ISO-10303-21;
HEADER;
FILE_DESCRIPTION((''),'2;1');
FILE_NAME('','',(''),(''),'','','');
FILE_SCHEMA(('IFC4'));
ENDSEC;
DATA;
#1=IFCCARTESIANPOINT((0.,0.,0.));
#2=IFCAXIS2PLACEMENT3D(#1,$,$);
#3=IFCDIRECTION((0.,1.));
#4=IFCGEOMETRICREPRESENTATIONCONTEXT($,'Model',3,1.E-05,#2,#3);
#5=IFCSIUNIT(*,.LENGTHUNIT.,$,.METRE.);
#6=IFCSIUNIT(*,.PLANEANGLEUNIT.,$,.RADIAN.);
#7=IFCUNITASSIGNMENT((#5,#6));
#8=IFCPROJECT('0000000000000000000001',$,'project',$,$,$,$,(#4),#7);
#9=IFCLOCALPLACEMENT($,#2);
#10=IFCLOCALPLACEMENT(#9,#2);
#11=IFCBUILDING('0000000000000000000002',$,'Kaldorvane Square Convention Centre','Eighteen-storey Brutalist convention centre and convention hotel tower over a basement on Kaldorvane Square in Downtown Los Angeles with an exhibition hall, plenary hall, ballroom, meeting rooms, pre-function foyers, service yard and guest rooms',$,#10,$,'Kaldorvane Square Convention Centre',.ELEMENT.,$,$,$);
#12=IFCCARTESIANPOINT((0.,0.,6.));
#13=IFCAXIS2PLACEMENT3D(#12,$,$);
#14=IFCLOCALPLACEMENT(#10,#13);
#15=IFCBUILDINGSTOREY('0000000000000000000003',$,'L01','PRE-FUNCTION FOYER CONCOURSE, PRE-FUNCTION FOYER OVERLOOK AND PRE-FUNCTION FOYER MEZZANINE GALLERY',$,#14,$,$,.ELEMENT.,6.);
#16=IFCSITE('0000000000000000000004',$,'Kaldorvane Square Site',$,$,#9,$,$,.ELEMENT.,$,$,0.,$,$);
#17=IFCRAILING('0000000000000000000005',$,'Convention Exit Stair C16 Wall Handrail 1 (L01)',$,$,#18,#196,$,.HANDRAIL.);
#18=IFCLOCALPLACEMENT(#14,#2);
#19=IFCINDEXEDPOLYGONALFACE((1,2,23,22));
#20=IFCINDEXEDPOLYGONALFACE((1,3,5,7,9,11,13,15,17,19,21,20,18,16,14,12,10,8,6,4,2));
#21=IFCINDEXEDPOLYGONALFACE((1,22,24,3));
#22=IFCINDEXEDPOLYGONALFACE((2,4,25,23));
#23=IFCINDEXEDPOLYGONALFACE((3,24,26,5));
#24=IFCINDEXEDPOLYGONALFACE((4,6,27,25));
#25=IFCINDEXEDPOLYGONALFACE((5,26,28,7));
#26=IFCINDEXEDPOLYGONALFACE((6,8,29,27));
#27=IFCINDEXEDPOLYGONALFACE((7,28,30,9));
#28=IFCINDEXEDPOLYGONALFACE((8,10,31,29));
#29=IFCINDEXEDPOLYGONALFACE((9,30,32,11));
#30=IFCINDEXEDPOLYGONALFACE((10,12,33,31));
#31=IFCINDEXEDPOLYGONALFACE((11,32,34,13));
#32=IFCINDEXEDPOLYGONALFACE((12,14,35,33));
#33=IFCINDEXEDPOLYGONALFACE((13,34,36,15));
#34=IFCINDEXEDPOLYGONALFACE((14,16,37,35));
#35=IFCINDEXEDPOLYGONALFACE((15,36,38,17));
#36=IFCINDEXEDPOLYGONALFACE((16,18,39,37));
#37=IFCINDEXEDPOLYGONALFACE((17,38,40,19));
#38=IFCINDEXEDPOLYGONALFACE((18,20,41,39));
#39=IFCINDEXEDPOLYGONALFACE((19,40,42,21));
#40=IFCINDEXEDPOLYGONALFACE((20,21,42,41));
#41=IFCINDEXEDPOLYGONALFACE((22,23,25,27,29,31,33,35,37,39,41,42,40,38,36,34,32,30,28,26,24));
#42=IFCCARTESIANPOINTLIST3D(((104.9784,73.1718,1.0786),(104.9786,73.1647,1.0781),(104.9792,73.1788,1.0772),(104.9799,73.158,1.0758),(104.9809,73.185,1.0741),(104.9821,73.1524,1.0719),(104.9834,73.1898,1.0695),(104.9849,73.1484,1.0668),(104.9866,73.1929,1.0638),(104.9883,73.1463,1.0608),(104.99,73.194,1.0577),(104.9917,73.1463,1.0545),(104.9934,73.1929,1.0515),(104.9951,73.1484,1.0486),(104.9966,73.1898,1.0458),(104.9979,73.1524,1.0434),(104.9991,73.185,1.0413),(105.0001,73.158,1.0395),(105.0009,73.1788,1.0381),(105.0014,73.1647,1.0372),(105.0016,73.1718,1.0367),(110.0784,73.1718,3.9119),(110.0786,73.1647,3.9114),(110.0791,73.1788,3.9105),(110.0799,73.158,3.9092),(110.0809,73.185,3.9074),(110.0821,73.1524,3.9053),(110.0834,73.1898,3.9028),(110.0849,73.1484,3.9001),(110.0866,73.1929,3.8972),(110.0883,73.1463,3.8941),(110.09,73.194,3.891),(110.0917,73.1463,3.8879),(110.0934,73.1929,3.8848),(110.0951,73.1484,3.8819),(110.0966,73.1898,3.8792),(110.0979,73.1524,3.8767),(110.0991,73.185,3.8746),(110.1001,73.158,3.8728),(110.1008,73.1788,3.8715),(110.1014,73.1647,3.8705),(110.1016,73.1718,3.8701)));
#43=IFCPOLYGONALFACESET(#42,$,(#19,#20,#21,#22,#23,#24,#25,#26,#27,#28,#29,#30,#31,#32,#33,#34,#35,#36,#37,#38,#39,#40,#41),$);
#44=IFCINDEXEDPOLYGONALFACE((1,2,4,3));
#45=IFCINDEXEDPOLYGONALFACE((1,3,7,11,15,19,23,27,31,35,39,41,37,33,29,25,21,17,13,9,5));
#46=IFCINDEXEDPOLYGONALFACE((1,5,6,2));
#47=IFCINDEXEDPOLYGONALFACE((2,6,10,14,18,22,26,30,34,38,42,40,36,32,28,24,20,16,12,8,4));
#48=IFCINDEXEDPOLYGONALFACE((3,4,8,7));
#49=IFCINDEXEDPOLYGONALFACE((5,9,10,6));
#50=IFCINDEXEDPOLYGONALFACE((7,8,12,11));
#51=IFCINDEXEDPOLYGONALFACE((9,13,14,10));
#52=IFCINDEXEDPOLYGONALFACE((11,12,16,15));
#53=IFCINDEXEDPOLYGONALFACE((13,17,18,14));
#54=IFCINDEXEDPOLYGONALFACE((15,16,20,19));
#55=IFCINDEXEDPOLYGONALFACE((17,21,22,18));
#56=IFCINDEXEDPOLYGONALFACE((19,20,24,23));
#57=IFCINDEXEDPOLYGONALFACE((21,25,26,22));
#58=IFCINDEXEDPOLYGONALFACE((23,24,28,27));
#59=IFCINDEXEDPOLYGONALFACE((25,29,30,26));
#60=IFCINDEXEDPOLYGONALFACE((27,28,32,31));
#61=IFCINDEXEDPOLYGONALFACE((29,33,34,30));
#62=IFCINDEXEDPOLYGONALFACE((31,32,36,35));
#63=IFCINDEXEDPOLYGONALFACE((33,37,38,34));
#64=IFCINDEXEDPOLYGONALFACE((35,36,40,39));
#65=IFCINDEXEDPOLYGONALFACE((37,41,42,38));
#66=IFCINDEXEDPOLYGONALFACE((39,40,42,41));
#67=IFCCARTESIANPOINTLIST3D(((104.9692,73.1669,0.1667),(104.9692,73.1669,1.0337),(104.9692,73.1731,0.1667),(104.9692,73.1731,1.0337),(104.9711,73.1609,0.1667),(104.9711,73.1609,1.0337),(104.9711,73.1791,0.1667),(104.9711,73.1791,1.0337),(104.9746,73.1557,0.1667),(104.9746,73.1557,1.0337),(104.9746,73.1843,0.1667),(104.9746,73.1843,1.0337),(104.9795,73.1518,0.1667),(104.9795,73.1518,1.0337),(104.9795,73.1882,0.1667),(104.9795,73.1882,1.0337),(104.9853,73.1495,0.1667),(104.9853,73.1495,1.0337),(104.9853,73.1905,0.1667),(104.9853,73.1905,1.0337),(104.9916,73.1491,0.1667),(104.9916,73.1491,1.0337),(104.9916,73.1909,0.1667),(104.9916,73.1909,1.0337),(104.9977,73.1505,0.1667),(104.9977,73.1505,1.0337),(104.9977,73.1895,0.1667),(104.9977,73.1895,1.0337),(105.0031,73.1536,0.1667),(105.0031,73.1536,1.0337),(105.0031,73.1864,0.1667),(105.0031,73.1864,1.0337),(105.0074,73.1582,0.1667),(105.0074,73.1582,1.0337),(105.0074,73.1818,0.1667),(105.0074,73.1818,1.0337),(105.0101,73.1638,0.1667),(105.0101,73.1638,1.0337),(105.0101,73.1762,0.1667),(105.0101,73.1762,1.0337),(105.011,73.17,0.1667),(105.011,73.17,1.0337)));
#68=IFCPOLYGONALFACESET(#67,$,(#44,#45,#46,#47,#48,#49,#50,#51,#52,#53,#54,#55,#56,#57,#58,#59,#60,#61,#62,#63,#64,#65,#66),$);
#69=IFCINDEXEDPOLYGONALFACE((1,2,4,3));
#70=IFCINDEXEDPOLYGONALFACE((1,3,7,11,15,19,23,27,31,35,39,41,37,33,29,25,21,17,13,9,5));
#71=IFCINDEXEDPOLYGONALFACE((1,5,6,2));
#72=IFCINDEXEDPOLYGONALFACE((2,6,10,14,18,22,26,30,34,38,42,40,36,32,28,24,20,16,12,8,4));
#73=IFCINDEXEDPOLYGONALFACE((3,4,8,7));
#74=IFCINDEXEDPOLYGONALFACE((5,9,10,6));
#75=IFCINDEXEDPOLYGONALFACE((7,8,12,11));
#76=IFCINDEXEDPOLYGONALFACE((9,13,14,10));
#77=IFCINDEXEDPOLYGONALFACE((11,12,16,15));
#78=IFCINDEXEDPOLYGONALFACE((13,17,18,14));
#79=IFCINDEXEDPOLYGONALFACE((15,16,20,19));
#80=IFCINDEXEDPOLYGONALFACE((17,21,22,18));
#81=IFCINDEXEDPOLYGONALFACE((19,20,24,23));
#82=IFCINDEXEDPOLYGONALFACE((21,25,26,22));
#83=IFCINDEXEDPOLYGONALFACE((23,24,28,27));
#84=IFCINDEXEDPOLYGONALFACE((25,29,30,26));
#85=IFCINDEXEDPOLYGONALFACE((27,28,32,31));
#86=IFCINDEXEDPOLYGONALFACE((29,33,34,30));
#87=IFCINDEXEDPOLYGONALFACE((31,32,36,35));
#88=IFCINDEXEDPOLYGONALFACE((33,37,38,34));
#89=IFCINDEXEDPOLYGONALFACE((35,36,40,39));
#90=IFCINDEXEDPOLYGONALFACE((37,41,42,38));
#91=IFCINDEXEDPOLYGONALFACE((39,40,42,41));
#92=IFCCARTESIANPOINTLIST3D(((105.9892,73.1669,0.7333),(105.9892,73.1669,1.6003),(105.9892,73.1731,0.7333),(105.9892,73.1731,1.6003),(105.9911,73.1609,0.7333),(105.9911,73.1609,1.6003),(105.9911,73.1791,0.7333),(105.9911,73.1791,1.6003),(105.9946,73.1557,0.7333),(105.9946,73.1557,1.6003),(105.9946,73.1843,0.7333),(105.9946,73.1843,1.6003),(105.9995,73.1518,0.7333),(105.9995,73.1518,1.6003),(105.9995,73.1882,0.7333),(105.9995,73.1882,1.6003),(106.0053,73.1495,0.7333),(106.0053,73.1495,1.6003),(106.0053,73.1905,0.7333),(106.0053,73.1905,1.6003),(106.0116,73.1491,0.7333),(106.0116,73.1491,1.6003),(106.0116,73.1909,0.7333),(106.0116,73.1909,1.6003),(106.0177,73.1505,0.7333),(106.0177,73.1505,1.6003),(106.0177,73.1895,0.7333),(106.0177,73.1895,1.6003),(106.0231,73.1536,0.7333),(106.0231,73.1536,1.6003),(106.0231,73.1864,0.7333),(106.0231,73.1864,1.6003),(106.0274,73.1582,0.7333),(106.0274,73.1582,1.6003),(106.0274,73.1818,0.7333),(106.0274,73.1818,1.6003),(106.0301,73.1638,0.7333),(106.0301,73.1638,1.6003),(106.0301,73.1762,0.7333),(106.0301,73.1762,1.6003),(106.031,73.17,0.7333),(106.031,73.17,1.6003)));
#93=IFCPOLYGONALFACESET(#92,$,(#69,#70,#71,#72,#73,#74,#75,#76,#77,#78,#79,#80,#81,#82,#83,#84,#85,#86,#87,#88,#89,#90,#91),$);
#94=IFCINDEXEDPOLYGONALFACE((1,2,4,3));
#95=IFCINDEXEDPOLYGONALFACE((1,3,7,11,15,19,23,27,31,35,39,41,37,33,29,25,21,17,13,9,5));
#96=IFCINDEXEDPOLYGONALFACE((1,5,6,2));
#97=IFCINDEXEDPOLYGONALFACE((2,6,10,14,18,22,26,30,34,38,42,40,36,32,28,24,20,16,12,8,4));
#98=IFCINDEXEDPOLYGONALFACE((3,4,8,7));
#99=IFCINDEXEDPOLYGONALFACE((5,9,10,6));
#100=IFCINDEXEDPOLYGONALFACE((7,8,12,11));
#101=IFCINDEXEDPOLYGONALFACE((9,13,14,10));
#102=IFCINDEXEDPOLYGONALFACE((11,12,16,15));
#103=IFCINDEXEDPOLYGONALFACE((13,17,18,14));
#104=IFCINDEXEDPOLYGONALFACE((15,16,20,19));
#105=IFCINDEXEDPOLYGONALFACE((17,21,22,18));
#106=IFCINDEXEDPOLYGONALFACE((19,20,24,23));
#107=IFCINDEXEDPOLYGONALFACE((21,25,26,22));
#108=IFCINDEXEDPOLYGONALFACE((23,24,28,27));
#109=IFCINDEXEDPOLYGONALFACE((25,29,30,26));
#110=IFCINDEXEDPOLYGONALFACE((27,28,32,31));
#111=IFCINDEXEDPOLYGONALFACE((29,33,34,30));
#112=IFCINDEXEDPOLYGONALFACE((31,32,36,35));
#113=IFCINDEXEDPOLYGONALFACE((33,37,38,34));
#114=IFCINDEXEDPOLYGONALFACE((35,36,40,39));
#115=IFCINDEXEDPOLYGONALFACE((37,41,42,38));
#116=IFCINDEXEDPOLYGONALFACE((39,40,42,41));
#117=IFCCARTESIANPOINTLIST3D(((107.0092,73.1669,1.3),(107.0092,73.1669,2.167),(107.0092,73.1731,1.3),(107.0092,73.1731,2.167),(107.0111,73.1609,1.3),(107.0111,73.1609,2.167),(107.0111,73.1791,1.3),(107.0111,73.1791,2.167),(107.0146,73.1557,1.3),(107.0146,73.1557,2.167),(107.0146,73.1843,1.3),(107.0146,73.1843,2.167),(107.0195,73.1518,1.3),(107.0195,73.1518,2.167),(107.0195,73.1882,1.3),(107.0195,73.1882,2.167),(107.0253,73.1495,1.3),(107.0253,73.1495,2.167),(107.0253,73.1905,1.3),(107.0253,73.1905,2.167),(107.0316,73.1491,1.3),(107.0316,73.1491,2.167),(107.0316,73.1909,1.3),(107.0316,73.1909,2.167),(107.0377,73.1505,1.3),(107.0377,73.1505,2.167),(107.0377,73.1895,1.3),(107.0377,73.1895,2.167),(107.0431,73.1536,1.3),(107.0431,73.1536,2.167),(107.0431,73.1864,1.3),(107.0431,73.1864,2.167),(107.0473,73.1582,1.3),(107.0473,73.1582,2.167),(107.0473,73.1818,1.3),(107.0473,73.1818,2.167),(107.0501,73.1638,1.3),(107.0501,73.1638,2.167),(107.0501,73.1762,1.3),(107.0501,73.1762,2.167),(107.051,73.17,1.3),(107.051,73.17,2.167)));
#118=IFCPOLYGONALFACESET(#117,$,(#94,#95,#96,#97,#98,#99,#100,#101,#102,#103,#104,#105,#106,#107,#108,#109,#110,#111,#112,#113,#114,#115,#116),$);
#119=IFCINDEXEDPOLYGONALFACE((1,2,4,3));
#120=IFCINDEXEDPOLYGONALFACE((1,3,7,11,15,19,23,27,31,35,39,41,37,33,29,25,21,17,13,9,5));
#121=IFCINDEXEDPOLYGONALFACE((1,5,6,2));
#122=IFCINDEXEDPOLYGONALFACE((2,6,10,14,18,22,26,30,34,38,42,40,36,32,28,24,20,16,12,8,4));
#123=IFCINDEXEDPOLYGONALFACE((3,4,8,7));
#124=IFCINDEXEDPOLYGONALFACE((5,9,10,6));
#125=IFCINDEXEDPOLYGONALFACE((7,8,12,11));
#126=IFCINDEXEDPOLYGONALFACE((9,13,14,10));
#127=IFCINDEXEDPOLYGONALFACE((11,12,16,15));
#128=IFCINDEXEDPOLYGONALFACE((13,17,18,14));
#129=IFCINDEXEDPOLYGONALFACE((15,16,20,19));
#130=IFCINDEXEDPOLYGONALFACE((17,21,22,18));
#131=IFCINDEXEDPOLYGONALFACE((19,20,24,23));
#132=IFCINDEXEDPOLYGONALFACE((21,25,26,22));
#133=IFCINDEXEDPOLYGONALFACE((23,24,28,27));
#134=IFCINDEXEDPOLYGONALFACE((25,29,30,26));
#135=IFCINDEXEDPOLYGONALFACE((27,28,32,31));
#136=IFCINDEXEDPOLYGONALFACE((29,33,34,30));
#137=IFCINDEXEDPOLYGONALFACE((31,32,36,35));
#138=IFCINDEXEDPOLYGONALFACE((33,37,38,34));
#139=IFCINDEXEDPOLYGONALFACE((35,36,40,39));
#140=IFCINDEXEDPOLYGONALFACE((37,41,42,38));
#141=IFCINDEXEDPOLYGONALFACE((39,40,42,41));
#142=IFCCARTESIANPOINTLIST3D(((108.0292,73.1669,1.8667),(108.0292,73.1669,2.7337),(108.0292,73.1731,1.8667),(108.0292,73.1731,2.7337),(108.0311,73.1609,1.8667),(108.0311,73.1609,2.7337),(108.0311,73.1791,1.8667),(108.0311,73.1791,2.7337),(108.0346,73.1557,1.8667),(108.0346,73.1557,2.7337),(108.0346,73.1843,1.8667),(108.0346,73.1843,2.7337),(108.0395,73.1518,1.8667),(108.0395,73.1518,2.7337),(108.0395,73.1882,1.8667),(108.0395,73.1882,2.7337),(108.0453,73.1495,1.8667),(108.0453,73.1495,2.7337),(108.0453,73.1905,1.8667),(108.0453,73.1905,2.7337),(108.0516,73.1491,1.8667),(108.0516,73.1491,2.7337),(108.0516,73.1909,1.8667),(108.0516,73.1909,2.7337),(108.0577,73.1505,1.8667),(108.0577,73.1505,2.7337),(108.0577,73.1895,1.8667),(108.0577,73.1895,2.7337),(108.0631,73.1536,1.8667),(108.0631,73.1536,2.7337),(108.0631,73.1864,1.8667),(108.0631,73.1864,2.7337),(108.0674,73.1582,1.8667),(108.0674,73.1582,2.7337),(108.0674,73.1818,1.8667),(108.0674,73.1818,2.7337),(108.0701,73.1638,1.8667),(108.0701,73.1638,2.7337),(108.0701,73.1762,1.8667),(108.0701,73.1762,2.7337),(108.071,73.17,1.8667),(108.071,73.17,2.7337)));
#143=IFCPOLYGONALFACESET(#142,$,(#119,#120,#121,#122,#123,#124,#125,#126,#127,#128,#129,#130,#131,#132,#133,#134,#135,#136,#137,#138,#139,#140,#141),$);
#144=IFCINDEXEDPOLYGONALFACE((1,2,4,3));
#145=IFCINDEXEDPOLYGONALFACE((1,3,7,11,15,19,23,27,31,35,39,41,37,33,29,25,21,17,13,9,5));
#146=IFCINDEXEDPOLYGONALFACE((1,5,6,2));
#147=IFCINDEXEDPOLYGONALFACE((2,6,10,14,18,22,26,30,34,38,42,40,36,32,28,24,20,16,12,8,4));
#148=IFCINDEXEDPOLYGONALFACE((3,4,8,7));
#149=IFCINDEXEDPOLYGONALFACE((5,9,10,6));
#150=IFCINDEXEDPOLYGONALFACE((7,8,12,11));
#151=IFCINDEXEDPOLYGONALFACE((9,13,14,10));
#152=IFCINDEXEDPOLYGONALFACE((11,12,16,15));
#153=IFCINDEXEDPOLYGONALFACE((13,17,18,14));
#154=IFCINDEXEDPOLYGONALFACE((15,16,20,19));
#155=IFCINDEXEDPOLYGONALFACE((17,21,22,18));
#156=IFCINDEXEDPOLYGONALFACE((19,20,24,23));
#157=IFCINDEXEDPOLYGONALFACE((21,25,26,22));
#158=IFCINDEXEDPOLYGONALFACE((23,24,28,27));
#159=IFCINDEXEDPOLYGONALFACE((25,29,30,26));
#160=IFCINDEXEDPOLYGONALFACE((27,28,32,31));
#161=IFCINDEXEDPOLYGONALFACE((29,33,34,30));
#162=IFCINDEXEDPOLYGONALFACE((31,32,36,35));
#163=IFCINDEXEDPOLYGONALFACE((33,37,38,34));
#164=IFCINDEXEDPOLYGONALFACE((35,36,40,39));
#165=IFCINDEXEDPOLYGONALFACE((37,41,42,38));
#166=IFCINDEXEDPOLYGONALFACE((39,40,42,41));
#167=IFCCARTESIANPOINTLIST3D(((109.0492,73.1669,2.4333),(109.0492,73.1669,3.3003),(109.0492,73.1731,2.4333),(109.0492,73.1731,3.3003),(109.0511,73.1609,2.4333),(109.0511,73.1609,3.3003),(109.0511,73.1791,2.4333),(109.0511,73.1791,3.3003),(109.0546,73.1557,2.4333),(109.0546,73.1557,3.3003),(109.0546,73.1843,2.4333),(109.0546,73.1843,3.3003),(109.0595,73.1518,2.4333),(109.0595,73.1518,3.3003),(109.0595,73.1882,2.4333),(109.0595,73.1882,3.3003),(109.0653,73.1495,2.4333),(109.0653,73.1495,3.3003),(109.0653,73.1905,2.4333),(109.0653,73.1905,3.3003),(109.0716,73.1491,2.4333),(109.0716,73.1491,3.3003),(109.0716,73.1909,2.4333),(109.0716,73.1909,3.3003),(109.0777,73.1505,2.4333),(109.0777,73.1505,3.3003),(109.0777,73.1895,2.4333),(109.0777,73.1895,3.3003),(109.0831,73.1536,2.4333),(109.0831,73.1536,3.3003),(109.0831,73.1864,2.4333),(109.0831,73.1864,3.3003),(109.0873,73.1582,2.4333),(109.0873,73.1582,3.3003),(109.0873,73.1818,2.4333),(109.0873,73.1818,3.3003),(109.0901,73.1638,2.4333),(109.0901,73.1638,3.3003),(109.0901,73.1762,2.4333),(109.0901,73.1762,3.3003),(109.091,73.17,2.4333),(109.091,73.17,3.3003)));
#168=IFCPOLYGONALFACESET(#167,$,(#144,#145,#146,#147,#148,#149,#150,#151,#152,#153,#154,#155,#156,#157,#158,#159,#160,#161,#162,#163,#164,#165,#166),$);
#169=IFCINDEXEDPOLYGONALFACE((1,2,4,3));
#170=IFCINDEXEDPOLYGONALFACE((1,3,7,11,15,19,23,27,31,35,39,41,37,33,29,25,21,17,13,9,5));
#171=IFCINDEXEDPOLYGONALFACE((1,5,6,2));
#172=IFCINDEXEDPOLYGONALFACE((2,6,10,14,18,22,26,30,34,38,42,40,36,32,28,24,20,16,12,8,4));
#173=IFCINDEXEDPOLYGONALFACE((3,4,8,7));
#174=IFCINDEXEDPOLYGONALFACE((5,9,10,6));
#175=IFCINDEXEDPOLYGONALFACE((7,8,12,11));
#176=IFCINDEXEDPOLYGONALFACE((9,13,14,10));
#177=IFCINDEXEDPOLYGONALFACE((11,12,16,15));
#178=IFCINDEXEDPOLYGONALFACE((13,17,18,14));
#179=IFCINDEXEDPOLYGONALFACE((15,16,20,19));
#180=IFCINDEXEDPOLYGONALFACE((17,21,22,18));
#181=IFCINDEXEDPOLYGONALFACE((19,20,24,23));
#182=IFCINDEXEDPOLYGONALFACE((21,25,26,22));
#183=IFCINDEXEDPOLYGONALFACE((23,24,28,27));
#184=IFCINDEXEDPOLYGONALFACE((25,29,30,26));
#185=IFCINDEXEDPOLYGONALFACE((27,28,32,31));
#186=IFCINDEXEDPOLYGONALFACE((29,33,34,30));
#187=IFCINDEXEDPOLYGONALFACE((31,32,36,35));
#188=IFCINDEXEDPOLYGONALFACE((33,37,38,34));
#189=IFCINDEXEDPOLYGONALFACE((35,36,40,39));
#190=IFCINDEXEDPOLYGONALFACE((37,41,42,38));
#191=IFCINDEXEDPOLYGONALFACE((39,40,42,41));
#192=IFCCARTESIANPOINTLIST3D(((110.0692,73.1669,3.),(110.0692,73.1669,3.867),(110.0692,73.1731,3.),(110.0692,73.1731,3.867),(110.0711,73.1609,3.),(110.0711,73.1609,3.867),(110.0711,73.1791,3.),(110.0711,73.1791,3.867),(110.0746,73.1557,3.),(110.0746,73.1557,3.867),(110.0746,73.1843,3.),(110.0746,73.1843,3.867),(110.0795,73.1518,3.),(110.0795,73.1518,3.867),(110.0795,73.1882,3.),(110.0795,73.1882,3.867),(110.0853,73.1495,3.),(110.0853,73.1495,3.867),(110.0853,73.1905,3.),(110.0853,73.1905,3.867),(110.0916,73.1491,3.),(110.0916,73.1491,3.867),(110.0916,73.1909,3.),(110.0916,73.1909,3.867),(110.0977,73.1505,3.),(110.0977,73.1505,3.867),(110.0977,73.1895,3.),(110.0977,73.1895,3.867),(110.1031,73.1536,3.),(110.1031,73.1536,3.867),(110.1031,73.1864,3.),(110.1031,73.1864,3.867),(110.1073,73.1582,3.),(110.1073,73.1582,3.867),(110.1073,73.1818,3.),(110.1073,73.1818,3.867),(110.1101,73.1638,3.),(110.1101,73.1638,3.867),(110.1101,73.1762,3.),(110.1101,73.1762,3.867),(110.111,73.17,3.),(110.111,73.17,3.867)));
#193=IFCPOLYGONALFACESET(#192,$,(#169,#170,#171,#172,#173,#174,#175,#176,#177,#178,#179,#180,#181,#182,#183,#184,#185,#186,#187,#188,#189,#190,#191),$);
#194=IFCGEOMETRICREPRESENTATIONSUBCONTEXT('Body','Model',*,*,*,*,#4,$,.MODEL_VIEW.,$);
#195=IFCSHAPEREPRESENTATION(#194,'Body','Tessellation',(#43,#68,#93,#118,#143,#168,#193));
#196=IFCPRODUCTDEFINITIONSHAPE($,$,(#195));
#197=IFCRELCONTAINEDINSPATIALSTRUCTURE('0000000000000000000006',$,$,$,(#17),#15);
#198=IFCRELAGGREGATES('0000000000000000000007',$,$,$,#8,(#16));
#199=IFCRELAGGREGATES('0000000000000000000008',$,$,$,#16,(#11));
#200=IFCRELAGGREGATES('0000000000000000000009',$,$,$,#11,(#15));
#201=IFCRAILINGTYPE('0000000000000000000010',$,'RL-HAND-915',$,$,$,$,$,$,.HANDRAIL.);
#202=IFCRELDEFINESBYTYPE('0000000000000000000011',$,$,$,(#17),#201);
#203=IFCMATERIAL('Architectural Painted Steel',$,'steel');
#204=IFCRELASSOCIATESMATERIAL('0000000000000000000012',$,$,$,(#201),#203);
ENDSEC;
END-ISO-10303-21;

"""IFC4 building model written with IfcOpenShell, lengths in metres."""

from ifc_helpers import new_model, si_unit, direction, frame, origin, origin_2d, place, context, subcontext, project, spatial, circle, extrude, material, type_object, element, save


model = new_model("IFC4")

# Units and contexts
model_context = context("Model", 3, precision=1e-05, world=origin(), true_north=direction((0.0, 1.0)))
body_context = subcontext(model_context, "Body", "Model", "MODEL_VIEW")
ifc_project = project(units=[si_unit("LENGTHUNIT", "METRE"), si_unit("PLANEANGLEUNIT", "RADIAN")], contexts=[model_context])

# Site, building, storey
site_placement = place(None, origin())
site = spatial("IfcSite", under=ifc_project, at=site_placement, Name="Kaldorvane Square Site", CompositionType="ELEMENT", RefElevation=0.0)
building_placement = place(site_placement, origin())
building = spatial("IfcBuilding", under=site, at=building_placement, Name="Kaldorvane Square Convention Centre", Description="Eighteen-storey Brutalist convention centre and convention hotel tower over a basement on Kaldorvane Square in Downtown Los Angeles with an exhibition hall, plenary hall, ballroom, meeting rooms, pre-function foyers, service yard and guest rooms", LongName="Kaldorvane Square Convention Centre", CompositionType="ELEMENT")
storey_placement = place(building_placement, frame((0.0, 0.0, 6.0)))
storey = spatial("IfcBuildingStorey", under=building, at=storey_placement, Name="L01", Description="PRE-FUNCTION FOYER CONCOURSE, PRE-FUNCTION FOYER OVERLOOK AND PRE-FUNCTION FOYER MEZZANINE GALLERY", CompositionType="ELEMENT", Elevation=6.0)

# Railing
ifc_material_1 = material(Name="Architectural Painted Steel", Category="steel")
railing_type_1 = type_object("IfcRailingType", Name="RL-HAND-915", PredefinedType="HANDRAIL", material=ifc_material_1)
railing_1_placement = place(storey_placement, frame((104.99, 73.17, 0.1667)))
element("IfcRailing", 1, at=railing_1_placement, inside=storey, type_object=railing_type_1, Name="Convention Exit Stair C16 Wall Handrail 1 (L01)", PredefinedType="HANDRAIL", context=body_context, shape_type="SweptSolid", body=[
    extrude(circle(Radius=0.024, at=origin_2d()), frame((0.0, 0.0, 0.891), z_axis=(0.874157, 0.0, 0.485643), x_axis=(0.0, 1.0, 0.0)), (0.0, 0.0, 1.0), 5.8342),
    extrude(circle(Radius=0.021, at=origin_2d()), origin(), (0.0, 0.0, 1.0), 0.867),
    extrude(circle(Radius=0.021, at=origin_2d()), frame((1.02, 0.0, 0.5667)), (0.0, 0.0, 1.0), 0.867),
    extrude(circle(Radius=0.021, at=origin_2d()), frame((2.04, 0.0, 1.1333)), (0.0, 0.0, 1.0), 0.867),
    extrude(circle(Radius=0.021, at=origin_2d()), frame((3.06, 0.0, 1.7)), (0.0, 0.0, 1.0), 0.867),
    extrude(circle(Radius=0.021, at=origin_2d()), frame((4.08, 0.0, 2.2667)), (0.0, 0.0, 1.0), 0.867),
    extrude(circle(Radius=0.021, at=origin_2d()), frame((5.1, 0.0, 2.8333)), (0.0, 0.0, 1.0), 0.867),
])

save(model, "model.ifc")
